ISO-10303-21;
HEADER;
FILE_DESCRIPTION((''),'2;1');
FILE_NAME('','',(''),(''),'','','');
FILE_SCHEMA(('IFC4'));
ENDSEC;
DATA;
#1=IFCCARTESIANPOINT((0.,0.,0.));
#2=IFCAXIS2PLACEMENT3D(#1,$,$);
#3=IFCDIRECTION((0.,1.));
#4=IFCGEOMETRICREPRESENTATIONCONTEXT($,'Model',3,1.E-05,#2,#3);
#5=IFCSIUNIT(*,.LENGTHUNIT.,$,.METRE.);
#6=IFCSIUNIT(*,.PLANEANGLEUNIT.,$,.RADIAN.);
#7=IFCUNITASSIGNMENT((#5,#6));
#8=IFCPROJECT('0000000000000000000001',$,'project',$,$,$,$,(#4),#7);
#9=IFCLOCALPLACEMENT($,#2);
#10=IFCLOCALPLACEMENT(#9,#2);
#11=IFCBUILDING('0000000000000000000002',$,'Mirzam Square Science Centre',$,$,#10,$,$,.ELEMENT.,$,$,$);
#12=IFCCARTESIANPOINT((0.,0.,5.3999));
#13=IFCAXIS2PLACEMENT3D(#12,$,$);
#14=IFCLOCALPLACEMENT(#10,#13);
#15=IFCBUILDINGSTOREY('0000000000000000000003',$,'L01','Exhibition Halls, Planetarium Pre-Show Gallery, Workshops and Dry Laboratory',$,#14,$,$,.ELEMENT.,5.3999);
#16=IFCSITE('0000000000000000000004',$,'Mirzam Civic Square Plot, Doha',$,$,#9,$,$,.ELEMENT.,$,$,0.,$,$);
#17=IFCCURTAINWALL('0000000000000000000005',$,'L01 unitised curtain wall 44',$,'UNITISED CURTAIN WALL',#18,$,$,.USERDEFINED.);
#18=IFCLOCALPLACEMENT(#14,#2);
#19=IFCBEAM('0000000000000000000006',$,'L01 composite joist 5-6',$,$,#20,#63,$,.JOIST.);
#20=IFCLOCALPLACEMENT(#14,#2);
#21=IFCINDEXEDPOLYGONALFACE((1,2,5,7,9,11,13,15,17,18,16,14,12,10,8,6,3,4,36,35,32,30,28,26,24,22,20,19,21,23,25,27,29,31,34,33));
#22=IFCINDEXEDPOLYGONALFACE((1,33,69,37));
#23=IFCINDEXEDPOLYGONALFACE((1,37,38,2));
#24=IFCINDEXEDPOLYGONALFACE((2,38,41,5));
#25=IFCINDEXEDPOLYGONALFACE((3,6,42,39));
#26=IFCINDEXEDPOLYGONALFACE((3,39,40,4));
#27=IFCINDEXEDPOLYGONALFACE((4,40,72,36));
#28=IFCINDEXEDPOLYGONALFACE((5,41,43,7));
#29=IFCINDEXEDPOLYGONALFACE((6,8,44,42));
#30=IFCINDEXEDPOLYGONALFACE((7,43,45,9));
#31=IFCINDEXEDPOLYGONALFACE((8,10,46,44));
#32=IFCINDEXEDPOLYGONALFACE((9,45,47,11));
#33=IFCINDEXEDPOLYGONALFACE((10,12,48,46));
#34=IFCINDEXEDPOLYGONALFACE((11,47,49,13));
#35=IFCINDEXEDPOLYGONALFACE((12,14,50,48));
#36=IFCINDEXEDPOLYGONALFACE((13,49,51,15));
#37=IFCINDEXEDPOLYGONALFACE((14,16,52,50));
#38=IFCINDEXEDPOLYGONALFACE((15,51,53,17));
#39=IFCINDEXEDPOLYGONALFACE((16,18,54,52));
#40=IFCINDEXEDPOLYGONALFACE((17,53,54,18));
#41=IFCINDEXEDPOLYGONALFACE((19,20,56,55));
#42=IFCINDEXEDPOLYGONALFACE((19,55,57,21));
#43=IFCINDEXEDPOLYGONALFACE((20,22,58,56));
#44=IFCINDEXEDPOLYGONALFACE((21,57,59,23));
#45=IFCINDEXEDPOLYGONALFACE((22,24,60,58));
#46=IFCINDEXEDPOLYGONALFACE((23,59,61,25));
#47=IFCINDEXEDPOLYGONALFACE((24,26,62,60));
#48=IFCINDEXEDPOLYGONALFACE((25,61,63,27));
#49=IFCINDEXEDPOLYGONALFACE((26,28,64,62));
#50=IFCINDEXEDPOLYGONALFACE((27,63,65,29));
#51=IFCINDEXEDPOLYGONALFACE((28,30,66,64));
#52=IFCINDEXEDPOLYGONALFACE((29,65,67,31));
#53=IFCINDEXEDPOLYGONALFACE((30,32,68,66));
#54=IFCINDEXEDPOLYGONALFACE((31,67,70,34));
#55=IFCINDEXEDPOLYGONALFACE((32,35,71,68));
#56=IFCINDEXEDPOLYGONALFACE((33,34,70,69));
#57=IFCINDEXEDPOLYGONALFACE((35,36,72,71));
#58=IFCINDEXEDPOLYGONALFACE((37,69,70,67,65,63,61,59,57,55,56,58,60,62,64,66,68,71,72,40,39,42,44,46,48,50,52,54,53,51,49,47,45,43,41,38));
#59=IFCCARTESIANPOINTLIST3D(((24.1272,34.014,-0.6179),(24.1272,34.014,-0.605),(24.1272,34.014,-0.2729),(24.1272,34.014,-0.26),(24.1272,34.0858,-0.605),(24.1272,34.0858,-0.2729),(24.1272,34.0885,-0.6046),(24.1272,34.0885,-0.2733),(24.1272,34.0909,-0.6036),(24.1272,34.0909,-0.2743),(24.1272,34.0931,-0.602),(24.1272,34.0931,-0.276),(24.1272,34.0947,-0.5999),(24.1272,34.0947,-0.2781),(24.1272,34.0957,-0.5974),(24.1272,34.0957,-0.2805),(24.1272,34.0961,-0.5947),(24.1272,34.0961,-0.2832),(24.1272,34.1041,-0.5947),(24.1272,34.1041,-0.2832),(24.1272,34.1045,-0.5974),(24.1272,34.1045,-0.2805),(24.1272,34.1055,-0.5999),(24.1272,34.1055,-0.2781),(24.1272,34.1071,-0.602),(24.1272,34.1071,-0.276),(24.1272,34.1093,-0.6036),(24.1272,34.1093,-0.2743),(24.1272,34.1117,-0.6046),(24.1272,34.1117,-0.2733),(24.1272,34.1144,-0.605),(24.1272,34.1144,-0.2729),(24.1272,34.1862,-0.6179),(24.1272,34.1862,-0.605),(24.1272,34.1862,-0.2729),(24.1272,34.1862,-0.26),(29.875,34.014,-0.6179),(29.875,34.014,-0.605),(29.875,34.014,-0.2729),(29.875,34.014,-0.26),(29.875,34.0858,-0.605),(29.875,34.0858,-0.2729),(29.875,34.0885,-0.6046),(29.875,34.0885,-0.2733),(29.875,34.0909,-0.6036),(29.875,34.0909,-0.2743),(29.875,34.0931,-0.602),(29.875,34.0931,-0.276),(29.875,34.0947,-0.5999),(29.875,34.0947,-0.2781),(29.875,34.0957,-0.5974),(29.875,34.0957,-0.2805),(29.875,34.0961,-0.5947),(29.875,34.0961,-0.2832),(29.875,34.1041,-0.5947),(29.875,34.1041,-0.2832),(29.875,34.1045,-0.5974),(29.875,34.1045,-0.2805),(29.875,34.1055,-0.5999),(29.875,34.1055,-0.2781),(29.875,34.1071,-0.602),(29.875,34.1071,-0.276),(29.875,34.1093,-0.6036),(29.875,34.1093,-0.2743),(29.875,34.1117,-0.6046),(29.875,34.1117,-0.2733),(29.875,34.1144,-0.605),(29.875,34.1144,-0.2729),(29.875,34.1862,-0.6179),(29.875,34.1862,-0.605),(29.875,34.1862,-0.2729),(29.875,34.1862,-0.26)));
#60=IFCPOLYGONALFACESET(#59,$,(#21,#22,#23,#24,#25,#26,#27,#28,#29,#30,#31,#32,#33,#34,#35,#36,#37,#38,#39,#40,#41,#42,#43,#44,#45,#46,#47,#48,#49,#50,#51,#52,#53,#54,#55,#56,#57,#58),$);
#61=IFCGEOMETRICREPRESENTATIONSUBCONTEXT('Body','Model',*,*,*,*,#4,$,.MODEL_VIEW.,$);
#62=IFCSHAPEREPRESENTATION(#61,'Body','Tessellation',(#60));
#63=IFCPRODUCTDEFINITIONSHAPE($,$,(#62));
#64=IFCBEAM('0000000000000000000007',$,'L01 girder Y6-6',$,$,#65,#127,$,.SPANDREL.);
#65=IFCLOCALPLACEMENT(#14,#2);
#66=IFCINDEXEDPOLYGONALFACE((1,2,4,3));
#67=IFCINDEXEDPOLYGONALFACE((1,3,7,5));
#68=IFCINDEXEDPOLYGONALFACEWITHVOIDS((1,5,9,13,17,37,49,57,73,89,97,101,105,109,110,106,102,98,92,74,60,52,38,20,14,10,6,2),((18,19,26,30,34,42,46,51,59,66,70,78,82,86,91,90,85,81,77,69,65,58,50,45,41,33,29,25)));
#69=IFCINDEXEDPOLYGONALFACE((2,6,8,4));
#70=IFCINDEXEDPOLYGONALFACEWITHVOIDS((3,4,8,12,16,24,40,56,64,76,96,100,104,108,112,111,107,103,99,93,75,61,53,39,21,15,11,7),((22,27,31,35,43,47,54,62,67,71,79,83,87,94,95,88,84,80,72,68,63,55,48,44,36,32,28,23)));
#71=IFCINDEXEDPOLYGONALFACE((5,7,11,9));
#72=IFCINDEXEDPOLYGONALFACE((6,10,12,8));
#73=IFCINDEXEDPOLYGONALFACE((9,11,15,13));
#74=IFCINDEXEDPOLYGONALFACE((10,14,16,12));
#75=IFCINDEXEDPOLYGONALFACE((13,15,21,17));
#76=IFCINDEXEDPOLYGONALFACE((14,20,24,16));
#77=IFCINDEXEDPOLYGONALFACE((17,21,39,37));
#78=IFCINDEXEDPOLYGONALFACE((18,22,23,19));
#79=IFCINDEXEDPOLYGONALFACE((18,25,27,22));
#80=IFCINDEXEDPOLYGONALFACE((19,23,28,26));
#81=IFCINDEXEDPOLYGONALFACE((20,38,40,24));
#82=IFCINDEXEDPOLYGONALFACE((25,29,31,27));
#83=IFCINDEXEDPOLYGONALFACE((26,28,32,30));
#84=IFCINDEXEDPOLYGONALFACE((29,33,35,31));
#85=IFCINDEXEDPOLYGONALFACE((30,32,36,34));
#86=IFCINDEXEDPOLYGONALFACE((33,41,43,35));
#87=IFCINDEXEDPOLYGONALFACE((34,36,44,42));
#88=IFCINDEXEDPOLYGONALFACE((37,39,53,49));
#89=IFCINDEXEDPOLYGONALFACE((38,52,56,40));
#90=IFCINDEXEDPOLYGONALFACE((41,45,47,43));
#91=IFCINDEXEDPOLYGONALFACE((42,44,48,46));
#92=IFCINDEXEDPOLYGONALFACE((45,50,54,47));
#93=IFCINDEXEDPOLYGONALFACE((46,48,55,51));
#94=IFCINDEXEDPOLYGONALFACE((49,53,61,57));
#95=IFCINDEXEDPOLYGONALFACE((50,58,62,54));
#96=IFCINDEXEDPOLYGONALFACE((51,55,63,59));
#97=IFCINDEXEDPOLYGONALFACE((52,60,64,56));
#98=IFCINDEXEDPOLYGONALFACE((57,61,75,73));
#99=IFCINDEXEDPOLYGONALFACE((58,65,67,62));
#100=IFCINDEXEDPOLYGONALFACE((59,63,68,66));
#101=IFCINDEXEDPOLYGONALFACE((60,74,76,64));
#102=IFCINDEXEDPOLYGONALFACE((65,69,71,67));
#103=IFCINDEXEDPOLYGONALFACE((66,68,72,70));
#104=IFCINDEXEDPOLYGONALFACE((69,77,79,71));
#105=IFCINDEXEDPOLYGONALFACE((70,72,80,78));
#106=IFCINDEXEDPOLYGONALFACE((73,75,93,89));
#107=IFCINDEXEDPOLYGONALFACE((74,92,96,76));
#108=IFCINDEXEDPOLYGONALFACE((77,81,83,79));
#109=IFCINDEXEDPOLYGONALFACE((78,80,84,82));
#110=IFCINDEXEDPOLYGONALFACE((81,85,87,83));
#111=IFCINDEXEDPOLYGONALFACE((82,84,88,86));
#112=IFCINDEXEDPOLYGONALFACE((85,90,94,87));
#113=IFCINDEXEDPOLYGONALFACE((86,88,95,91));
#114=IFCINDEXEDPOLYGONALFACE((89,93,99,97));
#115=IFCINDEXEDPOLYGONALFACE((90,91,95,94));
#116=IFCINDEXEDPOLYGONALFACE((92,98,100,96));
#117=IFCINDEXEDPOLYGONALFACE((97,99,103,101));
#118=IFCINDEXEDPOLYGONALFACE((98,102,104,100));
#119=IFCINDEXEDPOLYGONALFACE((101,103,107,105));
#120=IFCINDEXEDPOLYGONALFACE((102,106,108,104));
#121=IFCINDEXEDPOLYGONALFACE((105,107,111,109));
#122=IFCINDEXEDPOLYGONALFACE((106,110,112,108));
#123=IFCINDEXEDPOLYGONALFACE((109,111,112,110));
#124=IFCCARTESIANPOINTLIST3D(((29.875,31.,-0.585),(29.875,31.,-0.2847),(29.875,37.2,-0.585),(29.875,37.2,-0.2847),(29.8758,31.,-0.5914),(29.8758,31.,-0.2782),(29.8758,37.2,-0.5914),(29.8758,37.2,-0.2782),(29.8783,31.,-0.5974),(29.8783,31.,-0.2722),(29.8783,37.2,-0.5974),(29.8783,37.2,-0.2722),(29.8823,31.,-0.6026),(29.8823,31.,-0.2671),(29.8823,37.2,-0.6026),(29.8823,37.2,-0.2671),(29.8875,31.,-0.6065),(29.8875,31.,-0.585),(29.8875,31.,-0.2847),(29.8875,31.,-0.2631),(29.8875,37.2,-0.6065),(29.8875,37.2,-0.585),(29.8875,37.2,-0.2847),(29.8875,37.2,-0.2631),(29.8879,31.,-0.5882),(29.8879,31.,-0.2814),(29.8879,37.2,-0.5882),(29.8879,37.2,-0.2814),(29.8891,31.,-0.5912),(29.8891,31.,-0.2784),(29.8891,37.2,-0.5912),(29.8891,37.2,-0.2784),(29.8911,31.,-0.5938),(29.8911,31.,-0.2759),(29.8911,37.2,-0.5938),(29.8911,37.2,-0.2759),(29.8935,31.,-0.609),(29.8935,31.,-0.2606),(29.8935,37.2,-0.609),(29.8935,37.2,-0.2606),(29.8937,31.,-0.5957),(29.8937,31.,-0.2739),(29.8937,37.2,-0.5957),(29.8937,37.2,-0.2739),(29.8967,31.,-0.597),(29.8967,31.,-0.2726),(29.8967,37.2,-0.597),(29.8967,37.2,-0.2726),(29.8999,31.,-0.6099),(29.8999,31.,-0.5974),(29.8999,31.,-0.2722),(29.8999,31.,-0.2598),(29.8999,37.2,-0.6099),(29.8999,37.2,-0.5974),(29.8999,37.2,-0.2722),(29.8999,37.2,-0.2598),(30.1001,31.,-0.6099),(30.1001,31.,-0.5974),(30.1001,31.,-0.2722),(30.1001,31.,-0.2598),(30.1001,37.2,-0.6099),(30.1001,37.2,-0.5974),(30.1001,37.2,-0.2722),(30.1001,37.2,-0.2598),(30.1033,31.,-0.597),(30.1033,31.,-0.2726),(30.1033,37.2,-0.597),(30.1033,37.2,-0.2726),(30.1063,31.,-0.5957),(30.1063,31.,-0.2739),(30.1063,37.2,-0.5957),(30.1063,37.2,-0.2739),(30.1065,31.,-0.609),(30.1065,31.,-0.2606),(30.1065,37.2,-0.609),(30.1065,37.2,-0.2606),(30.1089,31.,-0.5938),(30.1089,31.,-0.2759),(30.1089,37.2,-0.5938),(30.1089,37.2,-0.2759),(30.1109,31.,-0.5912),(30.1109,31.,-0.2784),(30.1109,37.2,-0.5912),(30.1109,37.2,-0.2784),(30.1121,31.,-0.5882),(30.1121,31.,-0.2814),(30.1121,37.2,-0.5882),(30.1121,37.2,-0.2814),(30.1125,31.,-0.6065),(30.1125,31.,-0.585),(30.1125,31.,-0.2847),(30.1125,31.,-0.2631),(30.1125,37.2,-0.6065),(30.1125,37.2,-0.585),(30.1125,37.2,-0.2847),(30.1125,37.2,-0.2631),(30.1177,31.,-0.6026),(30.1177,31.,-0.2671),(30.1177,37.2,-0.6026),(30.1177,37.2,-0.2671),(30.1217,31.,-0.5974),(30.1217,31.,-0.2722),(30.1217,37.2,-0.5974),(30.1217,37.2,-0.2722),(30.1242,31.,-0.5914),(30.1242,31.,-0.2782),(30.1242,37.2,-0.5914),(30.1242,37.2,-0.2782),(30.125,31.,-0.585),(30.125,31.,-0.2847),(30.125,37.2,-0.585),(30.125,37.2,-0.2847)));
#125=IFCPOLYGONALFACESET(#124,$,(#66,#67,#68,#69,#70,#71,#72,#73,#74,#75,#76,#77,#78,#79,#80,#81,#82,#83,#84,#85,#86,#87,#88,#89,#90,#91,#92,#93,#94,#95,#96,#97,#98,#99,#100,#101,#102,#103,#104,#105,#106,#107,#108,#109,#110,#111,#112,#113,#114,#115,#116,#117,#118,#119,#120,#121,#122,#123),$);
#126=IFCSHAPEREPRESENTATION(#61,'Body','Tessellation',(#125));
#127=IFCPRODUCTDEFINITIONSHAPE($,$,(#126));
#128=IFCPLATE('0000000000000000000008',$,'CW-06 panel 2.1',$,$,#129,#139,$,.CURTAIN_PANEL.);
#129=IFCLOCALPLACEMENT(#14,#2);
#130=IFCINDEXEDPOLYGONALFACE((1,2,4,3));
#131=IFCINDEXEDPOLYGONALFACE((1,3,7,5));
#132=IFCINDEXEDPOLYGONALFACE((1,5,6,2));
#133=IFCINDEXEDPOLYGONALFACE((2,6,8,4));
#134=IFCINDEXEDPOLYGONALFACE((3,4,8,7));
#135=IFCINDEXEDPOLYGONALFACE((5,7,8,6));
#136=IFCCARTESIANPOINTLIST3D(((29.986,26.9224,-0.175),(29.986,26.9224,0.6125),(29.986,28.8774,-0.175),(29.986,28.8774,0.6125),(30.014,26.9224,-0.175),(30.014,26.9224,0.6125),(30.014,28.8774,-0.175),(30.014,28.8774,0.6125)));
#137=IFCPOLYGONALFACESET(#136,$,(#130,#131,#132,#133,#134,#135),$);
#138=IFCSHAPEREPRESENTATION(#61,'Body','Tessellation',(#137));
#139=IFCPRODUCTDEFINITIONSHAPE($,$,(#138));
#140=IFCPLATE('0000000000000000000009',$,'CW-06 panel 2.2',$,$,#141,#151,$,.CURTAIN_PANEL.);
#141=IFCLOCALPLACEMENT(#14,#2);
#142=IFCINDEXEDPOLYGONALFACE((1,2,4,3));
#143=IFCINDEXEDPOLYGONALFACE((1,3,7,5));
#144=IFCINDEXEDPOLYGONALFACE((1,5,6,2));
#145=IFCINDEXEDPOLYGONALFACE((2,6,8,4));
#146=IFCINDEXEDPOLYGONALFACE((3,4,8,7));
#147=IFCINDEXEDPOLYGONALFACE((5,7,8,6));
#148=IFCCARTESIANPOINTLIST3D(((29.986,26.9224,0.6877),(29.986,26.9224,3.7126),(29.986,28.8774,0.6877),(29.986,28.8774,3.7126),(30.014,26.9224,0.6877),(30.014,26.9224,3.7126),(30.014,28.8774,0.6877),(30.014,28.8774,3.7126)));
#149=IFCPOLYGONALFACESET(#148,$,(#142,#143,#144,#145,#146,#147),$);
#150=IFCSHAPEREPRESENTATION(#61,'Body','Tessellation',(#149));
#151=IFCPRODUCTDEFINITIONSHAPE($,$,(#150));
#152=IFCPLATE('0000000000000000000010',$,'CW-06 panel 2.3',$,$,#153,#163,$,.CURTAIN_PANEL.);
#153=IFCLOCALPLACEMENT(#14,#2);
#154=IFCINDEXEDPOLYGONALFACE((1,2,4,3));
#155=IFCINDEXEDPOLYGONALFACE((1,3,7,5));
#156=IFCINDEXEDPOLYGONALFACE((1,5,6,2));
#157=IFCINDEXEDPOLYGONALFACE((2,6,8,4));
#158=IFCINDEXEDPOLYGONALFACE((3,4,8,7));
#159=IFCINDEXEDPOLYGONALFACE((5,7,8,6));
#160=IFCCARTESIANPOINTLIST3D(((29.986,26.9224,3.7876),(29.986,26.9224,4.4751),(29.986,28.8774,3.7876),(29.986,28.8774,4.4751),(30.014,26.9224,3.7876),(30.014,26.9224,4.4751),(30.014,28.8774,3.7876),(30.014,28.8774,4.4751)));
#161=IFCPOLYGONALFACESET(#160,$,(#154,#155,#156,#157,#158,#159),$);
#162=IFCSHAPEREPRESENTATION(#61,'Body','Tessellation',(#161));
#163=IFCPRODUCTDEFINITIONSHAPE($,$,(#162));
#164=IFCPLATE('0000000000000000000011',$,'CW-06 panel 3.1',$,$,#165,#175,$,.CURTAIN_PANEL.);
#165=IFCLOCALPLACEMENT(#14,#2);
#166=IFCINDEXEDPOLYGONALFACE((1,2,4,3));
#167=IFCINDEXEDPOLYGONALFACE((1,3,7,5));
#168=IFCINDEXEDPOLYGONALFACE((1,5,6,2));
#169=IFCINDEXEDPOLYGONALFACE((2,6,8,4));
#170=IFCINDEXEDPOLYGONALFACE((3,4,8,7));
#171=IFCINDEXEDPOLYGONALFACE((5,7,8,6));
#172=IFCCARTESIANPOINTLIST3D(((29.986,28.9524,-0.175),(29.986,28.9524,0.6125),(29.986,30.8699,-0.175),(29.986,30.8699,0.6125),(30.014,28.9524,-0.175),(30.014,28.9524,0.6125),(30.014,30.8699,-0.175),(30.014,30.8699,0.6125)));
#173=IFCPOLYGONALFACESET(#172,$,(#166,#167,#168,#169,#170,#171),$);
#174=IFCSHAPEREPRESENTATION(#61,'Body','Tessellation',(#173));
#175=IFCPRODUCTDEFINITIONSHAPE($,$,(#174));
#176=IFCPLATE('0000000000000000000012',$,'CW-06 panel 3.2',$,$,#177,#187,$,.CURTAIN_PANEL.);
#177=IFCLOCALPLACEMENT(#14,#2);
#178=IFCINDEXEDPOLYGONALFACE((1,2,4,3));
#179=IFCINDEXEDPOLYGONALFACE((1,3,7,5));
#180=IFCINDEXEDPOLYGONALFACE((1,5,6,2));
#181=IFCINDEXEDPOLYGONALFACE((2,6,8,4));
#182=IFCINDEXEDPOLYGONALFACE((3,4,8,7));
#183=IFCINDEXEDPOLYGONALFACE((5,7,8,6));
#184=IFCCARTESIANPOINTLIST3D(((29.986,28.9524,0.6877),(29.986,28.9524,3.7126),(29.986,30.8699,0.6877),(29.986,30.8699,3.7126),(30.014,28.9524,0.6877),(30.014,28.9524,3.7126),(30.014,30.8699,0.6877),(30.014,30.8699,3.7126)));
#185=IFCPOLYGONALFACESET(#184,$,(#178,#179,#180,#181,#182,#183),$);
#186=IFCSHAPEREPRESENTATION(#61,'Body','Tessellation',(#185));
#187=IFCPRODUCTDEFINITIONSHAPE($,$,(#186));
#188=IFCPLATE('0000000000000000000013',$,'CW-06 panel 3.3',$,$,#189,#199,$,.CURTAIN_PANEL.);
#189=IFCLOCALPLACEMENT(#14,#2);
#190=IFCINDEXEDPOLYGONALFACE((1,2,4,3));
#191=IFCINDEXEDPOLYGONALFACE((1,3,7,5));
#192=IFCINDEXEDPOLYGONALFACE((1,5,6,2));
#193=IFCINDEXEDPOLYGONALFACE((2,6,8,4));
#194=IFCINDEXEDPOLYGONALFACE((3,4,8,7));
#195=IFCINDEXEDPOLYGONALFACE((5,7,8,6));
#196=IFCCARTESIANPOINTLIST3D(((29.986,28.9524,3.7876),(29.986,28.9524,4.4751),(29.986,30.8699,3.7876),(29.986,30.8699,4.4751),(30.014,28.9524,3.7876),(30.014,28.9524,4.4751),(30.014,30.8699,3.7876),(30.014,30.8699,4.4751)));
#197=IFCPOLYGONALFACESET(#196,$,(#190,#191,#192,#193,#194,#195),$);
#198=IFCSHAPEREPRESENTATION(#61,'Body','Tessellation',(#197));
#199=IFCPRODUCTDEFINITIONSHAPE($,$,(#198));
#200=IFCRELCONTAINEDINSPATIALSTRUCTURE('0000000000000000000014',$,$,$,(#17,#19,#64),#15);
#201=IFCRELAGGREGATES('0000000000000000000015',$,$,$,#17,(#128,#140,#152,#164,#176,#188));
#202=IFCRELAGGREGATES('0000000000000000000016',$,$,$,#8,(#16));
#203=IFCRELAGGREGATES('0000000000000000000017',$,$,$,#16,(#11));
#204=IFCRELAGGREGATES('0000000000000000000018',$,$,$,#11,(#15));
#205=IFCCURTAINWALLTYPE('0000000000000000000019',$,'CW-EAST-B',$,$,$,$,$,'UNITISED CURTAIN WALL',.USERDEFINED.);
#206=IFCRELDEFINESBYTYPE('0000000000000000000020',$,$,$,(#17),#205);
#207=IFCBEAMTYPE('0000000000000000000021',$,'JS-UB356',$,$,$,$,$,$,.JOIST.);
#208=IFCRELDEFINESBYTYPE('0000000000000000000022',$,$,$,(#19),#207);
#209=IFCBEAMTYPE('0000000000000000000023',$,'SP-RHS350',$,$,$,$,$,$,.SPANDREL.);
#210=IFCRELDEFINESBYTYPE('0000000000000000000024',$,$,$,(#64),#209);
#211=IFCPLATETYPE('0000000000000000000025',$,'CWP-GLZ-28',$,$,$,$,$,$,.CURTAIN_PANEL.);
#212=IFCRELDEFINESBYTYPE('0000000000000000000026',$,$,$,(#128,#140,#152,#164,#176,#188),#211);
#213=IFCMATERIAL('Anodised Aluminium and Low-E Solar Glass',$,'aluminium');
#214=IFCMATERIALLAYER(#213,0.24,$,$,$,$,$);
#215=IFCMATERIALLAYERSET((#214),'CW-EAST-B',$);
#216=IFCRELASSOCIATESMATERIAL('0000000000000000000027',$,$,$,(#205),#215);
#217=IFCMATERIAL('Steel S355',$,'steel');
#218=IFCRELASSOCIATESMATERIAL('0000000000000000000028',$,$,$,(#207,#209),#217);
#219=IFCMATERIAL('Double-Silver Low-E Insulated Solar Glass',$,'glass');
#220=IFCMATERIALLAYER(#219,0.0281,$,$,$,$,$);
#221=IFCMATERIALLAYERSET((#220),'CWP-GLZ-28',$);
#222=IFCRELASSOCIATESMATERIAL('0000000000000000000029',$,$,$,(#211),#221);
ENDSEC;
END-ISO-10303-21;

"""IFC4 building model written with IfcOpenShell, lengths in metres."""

from ifc_helpers import new_model, si_unit, direction, frame, origin, origin_2d, place, context, subcontext, project, spatial, rectangle, hollow_rectangle, i_section, extrude, material, layer, layer_set, material_profile, profile_set, type_object, element, aggregate, save


model = new_model("IFC4")

# Units and contexts
model_context = context("Model", 3, precision=1e-05, world=origin(), true_north=direction((0.0, 1.0)))
body_context = subcontext(model_context, "Body", "Model", "MODEL_VIEW")
ifc_project = project(units=[si_unit("LENGTHUNIT", "METRE"), si_unit("PLANEANGLEUNIT", "RADIAN")], contexts=[model_context])

# Site, building, storey
site_placement = place(None, origin())
site = spatial("IfcSite", under=ifc_project, at=site_placement, Name="Mirzam Civic Square Plot, Doha", CompositionType="ELEMENT", RefElevation=0.0)
building_placement = place(site_placement, origin())
building = spatial("IfcBuilding", under=site, at=building_placement, Name="Mirzam Square Science Centre", CompositionType="ELEMENT")
storey_placement = place(building_placement, frame((0.0, 0.0, 5.3999)))
storey = spatial("IfcBuildingStorey", under=building, at=storey_placement, Name="L01", Description="Exhibition Halls, Planetarium Pre-Show Gallery, Workshops and Dry Laboratory", CompositionType="ELEMENT", Elevation=5.3999)

# Shared definitions
ifc_material_1 = material(Name="Steel S355", Category="steel")

# Curtain wall
ifc_material_2 = material(Name="Anodised Aluminium and Low-E Solar Glass", Category="aluminium")
ifc_layer_1 = layer(ifc_material_2, 0.24)
ifc_layer_set_1 = layer_set([ifc_layer_1], Name="CW-EAST-B")
curtain_wall_type_1 = type_object("IfcCurtainWallType", Name="CW-EAST-B", ElementType="UNITISED CURTAIN WALL", PredefinedType="USERDEFINED", material=ifc_layer_set_1)
curtain_wall_1_placement = place(storey_placement, origin())
curtain_wall_1 = element("IfcCurtainWall", 1, at=curtain_wall_1_placement, inside=storey, type_object=curtain_wall_type_1, Name="L01 unitised curtain wall 44", ObjectType="UNITISED CURTAIN WALL", PredefinedType="USERDEFINED")

# Beams
ifc_material_profile_1 = material_profile(ifc_material_1, i_section(OverallWidth=0.1721, OverallDepth=0.3579, WebThickness=0.0081, FlangeThickness=0.0129, FilletRadius=0.0103, at=origin_2d()), Name="356x171x57UB")
ifc_profile_set_1 = profile_set([ifc_material_profile_1], Name="Steel S355")
beam_type_1 = type_object("IfcBeamType", Name="JS-UB356", PredefinedType="JOIST", material=ifc_profile_set_1)
beam_1_placement = place(storey_placement, frame((24.1272, 34.1001, -0.439), z_axis=(1.0, 0.0, 0.0), x_axis=(0.0, 1.0, 0.0)))
element("IfcBeam", 2, at=beam_1_placement, inside=storey, type_object=beam_type_1, Name="L01 composite joist 5-6", PredefinedType="JOIST", context=body_context, shape_type="SweptSolid", body=[
    extrude(i_section(OverallWidth=0.1721, OverallDepth=0.3579, WebThickness=0.0081, FlangeThickness=0.0129, FilletRadius=0.0103, at=origin_2d()), origin(), (0.0, 0.0, 1.0), 5.7478),
])
ifc_material_profile_2 = material_profile(ifc_material_1, hollow_rectangle(XDim=0.25, YDim=0.3501, WallThickness=0.0125, InnerFilletRadius=0.0125, OuterFilletRadius=0.0249, at=origin_2d()), Name="350x250x12.5RHS")
ifc_profile_set_2 = profile_set([ifc_material_profile_2], Name="Steel S355")
beam_type_2 = type_object("IfcBeamType", Name="SP-RHS350", PredefinedType="SPANDREL", material=ifc_profile_set_2)
beam_2_placement = place(storey_placement, frame((30.0, 31.0, -0.4348), z_axis=(0.0, 1.0, 0.0), x_axis=(-1.0, 0.0, 0.0)))
element("IfcBeam", 3, at=beam_2_placement, inside=storey, type_object=beam_type_2, Name="L01 girder Y6-6", PredefinedType="SPANDREL", context=body_context, shape_type="SweptSolid", body=[
    extrude(hollow_rectangle(XDim=0.25, YDim=0.3501, WallThickness=0.0125, InnerFilletRadius=0.0125, OuterFilletRadius=0.0249, at=origin_2d()), origin(), (0.0, 0.0, 1.0), 6.2),
])

# Plates
ifc_material_3 = material(Name="Double-Silver Low-E Insulated Solar Glass", Category="glass")
ifc_layer_2 = layer(ifc_material_3, 0.0281)
ifc_layer_set_2 = layer_set([ifc_layer_2], Name="CWP-GLZ-28")
plate_type = type_object("IfcPlateType", Name="CWP-GLZ-28", PredefinedType="CURTAIN_PANEL", material=ifc_layer_set_2)
plate_1_placement = place(storey_placement, frame((30.0, 27.8999, -0.175), z_axis=(0.0, 0.0, 1.0), x_axis=(0.0, 1.0, 0.0)))
plate_1 = element("IfcPlate", 4, at=plate_1_placement, type_object=plate_type, Name="CW-06 panel 2.1", PredefinedType="CURTAIN_PANEL", context=body_context, shape_type="SweptSolid", body=[
    extrude(rectangle(XDim=1.9551, YDim=0.0281, at=origin_2d()), origin(), (0.0, 0.0, 1.0), 0.7876),
])
plate_2_placement = place(storey_placement, frame((30.0, 27.8999, 0.6877), z_axis=(0.0, 0.0, 1.0), x_axis=(0.0, 1.0, 0.0)))
plate_2 = element("IfcPlate", 5, at=plate_2_placement, type_object=plate_type, Name="CW-06 panel 2.2", PredefinedType="CURTAIN_PANEL", context=body_context, shape_type="SweptSolid", body=[
    extrude(rectangle(XDim=1.9551, YDim=0.0281, at=origin_2d()), origin(), (0.0, 0.0, 1.0), 3.0249),
])
plate_3_placement = place(storey_placement, frame((30.0, 27.8999, 3.7876), z_axis=(0.0, 0.0, 1.0), x_axis=(0.0, 1.0, 0.0)))
plate_3 = element("IfcPlate", 6, at=plate_3_placement, type_object=plate_type, Name="CW-06 panel 2.3", PredefinedType="CURTAIN_PANEL", context=body_context, shape_type="SweptSolid", body=[
    extrude(rectangle(XDim=1.9551, YDim=0.0281, at=origin_2d()), origin(), (0.0, 0.0, 1.0), 0.6875),
])
plate_4_placement = place(storey_placement, frame((30.0, 29.9111, -0.175), z_axis=(0.0, 0.0, 1.0), x_axis=(0.0, 1.0, 0.0)))
plate_4 = element("IfcPlate", 7, at=plate_4_placement, type_object=plate_type, Name="CW-06 panel 3.1", PredefinedType="CURTAIN_PANEL", context=body_context, shape_type="SweptSolid", body=[
    extrude(rectangle(XDim=1.9175, YDim=0.0281, at=origin_2d()), origin(), (0.0, 0.0, 1.0), 0.7876),
])
plate_5_placement = place(storey_placement, frame((30.0, 29.9111, 0.6877), z_axis=(0.0, 0.0, 1.0), x_axis=(0.0, 1.0, 0.0)))
plate_5 = element("IfcPlate", 8, at=plate_5_placement, type_object=plate_type, Name="CW-06 panel 3.2", PredefinedType="CURTAIN_PANEL", context=body_context, shape_type="SweptSolid", body=[
    extrude(rectangle(XDim=1.9175, YDim=0.0281, at=origin_2d()), origin(), (0.0, 0.0, 1.0), 3.0249),
])
plate_6_placement = place(storey_placement, frame((30.0, 29.9111, 3.7876), z_axis=(0.0, 0.0, 1.0), x_axis=(0.0, 1.0, 0.0)))
plate_6 = element("IfcPlate", 9, at=plate_6_placement, type_object=plate_type, Name="CW-06 panel 3.3", PredefinedType="CURTAIN_PANEL", context=body_context, shape_type="SweptSolid", body=[
    extrude(rectangle(XDim=1.9175, YDim=0.0281, at=origin_2d()), origin(), (0.0, 0.0, 1.0), 0.6875),
])
aggregate(curtain_wall_1, [plate_1, plate_2, plate_3, plate_4, plate_5, plate_6])

save(model, "model.ifc")
